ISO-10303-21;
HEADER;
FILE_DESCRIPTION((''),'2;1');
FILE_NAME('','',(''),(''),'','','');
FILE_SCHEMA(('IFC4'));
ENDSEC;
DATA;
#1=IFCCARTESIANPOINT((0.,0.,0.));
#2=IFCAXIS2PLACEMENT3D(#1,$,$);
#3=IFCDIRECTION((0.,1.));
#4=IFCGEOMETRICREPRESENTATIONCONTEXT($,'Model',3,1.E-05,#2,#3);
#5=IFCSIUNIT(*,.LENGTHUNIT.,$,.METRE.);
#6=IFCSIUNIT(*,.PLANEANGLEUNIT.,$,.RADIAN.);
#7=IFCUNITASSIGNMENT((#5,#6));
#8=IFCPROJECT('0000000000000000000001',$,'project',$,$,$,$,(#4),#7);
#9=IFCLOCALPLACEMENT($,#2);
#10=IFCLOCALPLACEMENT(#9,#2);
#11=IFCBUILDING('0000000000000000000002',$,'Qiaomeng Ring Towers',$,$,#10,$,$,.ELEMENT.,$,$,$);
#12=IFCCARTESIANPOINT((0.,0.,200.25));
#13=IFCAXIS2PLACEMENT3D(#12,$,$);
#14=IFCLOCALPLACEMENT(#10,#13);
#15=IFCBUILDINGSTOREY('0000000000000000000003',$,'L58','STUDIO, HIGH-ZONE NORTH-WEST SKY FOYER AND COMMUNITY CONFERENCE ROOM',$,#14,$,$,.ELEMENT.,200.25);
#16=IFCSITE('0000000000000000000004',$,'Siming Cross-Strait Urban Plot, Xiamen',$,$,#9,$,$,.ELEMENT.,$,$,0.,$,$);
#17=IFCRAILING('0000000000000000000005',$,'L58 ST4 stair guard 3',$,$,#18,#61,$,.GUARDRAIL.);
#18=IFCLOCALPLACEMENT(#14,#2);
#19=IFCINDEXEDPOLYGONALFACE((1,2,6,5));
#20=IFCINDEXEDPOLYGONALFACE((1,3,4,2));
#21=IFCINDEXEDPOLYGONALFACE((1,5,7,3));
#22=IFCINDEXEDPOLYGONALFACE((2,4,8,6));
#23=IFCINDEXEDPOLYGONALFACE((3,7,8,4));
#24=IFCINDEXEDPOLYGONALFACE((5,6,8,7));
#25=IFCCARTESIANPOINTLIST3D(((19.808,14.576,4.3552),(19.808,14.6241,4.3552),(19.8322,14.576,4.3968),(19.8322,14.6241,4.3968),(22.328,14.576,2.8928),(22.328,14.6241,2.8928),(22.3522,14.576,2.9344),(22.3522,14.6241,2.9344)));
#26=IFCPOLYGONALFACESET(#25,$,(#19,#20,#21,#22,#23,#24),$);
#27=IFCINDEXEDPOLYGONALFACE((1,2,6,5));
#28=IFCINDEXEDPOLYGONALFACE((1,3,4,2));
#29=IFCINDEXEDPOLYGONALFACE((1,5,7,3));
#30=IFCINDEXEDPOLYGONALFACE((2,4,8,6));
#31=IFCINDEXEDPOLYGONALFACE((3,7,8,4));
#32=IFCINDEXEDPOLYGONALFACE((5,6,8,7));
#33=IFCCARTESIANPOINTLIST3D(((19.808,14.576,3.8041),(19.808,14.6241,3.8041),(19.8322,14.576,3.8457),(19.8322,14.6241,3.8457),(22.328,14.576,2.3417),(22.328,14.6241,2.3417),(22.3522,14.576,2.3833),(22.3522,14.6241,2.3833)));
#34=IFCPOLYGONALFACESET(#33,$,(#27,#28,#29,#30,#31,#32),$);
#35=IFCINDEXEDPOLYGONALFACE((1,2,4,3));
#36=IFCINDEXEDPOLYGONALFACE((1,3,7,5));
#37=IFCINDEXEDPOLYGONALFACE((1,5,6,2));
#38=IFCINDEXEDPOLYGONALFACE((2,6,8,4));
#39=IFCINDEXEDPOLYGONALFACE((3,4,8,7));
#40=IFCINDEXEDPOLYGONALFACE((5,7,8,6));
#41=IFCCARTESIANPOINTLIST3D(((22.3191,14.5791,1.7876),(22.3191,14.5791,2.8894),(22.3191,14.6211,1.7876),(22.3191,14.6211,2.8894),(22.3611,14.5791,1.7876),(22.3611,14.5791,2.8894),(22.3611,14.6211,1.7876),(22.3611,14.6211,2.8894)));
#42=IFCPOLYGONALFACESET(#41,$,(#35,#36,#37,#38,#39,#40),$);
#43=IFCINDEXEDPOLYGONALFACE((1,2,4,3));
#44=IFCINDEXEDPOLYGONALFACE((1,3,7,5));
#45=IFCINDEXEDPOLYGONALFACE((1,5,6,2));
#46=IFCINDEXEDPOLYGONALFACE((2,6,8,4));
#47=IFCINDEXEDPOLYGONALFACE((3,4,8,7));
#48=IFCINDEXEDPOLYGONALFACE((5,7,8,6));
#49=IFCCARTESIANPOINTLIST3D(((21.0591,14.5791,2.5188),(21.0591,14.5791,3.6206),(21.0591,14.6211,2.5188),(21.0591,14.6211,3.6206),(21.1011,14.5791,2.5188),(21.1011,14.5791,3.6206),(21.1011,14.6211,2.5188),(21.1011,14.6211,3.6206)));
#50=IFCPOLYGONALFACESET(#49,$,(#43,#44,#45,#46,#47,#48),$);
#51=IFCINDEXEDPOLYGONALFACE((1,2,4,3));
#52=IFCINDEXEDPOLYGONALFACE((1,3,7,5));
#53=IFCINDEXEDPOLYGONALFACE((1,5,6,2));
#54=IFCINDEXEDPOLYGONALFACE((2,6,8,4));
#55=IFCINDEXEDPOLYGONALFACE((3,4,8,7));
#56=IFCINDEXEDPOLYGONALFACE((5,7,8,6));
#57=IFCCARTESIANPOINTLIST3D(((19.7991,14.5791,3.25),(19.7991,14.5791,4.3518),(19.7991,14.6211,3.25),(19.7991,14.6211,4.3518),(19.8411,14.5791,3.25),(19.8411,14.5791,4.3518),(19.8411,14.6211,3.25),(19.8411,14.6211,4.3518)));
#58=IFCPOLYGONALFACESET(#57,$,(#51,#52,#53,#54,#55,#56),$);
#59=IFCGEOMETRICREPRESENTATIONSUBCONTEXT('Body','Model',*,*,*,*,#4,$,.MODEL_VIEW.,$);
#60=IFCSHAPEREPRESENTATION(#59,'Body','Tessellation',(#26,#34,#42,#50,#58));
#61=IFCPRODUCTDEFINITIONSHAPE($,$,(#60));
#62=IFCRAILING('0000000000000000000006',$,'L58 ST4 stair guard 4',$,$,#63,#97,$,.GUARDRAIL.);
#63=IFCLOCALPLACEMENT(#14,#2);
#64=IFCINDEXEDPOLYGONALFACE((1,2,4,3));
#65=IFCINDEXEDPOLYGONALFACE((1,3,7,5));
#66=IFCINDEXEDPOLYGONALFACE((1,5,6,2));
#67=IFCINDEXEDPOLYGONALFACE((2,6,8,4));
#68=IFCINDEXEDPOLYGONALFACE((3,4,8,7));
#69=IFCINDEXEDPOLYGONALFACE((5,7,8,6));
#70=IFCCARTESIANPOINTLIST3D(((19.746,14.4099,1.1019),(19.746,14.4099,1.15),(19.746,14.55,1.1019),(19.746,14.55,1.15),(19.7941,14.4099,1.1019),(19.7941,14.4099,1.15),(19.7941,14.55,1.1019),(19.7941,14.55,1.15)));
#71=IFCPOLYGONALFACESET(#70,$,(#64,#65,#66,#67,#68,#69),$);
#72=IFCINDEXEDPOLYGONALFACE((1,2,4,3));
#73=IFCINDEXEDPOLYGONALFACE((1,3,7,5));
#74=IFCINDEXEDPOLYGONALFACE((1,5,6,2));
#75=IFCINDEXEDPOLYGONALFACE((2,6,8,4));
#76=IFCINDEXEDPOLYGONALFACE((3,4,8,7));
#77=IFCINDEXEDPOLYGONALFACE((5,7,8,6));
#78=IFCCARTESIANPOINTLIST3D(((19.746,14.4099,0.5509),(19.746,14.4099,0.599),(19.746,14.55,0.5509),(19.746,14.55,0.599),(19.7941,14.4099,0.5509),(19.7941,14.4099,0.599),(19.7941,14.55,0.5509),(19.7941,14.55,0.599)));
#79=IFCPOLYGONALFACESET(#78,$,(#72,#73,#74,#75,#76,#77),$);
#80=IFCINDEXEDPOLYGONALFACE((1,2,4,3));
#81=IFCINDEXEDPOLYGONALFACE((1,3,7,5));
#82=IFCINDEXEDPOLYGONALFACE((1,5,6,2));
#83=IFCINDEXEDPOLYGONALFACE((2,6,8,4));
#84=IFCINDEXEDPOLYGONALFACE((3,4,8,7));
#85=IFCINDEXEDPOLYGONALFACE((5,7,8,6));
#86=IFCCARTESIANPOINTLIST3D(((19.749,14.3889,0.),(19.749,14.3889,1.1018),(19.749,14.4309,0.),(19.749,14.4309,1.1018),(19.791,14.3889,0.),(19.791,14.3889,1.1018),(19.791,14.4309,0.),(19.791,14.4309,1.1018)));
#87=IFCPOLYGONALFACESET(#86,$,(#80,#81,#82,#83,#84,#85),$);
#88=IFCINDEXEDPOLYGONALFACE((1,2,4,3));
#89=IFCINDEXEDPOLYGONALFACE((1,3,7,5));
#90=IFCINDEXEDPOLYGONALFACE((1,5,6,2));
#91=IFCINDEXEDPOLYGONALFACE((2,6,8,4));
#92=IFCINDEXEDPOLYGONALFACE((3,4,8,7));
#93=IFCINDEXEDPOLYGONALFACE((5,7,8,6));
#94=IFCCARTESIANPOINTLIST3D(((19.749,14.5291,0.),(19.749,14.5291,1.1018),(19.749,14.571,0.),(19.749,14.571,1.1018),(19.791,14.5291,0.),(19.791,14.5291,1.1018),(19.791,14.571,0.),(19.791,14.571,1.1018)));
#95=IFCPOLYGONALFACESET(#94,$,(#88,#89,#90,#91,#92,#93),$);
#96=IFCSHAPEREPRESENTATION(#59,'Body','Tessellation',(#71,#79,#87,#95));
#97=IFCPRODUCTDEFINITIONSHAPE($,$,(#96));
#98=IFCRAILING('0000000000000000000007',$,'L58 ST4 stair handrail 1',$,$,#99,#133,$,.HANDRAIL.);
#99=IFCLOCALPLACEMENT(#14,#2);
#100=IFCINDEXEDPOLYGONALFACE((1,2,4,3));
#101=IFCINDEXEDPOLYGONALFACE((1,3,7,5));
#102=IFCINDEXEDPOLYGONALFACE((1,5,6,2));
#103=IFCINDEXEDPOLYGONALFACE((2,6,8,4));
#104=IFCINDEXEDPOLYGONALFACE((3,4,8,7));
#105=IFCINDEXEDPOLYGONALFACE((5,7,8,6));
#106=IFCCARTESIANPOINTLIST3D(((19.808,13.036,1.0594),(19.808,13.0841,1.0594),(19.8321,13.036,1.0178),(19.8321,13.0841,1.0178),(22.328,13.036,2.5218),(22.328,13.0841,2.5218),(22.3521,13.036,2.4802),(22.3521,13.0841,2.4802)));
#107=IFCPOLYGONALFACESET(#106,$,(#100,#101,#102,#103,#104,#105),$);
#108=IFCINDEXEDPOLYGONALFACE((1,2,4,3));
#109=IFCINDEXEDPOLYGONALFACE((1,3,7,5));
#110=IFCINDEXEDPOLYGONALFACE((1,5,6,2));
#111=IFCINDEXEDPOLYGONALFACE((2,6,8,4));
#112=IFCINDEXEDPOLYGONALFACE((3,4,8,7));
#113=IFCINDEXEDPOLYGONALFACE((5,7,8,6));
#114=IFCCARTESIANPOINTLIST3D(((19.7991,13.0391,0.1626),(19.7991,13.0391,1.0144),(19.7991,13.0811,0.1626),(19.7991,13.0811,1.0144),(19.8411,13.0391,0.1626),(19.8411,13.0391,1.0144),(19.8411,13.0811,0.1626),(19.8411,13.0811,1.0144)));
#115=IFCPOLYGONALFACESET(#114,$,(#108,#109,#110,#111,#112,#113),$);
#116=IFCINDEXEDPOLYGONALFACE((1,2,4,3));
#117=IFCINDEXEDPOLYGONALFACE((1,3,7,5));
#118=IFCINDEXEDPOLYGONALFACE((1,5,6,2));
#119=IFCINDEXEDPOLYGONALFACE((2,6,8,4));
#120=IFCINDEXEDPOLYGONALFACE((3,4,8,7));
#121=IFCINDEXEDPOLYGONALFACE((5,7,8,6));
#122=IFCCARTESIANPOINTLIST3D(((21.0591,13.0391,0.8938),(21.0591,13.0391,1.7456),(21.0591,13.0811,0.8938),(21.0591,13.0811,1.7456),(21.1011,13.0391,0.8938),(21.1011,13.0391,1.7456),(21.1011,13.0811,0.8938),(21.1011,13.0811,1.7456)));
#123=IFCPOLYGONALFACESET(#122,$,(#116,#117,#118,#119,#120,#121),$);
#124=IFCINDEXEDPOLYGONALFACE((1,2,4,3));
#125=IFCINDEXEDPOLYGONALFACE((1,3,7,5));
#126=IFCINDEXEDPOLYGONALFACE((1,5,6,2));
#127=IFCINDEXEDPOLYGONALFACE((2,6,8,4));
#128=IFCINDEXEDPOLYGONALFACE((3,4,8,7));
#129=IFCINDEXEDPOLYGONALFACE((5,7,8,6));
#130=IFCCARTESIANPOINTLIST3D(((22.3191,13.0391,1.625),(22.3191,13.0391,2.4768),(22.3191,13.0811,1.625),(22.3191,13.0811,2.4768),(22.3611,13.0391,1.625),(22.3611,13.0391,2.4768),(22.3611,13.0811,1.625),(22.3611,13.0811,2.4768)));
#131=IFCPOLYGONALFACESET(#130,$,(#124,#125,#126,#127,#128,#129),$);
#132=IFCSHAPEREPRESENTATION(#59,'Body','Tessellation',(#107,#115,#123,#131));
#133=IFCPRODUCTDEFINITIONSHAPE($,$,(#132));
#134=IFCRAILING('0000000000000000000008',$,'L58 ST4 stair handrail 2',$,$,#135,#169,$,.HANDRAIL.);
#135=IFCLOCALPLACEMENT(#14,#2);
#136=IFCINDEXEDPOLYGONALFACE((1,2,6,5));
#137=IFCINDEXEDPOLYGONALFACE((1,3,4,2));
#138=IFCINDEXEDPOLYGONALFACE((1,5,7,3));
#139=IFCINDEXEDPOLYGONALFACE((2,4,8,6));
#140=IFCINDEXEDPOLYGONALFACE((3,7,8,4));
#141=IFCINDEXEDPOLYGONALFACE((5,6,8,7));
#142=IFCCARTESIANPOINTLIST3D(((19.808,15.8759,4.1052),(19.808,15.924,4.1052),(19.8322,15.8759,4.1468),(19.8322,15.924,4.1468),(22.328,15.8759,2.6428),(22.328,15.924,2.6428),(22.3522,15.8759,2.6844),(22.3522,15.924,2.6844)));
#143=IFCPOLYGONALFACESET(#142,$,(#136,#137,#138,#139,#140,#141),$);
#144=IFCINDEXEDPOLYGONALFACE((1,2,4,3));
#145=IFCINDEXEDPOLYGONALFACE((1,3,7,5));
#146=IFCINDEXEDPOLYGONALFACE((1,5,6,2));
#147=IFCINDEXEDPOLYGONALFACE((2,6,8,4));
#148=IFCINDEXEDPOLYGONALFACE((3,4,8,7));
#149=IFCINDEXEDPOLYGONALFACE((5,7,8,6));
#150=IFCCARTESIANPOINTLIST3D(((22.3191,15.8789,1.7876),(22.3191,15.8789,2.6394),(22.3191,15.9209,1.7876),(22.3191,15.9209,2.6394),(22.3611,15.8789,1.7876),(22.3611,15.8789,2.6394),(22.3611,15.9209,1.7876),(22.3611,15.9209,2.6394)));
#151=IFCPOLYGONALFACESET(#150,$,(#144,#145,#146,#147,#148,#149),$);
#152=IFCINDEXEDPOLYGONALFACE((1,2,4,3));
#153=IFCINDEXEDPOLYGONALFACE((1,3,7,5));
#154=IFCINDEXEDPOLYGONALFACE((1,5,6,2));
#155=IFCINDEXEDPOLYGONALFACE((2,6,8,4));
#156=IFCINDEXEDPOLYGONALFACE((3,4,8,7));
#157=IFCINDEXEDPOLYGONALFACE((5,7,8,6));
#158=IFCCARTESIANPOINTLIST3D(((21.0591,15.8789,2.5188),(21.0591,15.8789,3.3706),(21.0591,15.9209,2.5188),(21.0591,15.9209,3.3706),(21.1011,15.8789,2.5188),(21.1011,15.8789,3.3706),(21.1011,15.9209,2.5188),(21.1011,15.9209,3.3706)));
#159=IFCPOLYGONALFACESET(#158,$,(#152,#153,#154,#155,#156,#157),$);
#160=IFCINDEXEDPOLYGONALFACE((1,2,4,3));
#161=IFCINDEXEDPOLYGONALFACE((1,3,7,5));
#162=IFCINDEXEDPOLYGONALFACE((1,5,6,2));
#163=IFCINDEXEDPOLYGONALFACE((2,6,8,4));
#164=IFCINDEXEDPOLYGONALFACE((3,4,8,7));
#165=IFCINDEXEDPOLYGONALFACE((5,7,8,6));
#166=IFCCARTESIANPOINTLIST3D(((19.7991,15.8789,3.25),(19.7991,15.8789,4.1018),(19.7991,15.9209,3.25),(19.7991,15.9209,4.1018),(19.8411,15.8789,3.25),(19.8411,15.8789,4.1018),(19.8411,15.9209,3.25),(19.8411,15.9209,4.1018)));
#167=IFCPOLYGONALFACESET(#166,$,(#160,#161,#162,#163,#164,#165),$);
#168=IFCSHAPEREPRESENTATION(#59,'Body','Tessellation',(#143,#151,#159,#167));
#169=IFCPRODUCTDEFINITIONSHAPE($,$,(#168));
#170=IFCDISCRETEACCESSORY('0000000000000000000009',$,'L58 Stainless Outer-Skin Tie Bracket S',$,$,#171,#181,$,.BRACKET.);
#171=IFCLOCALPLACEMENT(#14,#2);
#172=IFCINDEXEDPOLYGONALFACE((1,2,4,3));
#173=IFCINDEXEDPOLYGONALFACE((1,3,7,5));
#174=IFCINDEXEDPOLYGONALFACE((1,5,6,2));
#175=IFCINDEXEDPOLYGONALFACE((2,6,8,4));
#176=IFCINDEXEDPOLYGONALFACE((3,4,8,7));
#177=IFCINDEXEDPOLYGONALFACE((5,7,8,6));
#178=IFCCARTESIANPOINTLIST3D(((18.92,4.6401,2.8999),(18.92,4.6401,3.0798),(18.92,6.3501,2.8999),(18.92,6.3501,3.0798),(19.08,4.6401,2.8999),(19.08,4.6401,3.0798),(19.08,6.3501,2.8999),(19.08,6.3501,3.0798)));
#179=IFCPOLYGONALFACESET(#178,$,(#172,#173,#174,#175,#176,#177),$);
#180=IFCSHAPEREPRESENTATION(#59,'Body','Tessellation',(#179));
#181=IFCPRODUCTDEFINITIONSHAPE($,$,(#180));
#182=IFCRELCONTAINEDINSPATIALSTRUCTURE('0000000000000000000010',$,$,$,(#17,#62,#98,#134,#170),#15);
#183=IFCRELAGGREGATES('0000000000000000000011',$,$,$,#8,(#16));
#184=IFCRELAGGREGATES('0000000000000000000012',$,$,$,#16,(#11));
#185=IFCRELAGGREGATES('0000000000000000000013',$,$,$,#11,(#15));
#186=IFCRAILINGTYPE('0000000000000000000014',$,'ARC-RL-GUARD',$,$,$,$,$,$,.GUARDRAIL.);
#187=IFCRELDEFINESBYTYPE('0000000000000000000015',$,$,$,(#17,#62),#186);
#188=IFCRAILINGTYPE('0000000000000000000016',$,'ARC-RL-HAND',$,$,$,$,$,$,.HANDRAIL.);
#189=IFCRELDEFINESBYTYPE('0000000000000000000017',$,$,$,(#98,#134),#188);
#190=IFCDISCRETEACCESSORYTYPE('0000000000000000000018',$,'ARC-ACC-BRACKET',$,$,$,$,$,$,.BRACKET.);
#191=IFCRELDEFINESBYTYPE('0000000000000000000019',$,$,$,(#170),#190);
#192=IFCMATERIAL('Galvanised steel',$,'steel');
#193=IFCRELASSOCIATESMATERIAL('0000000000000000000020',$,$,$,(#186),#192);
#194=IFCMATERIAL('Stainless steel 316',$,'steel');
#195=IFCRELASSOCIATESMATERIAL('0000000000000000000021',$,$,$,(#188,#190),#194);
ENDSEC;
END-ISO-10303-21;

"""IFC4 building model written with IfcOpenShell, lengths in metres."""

from ifc_helpers import new_model, si_unit, direction, frame, origin, origin_2d, place, context, subcontext, project, spatial, rectangle, extrude, source, transform, mapped, material, type_object, element, save


model = new_model("IFC4")

# Units and contexts
model_context = context("Model", 3, precision=1e-05, world=origin(), true_north=direction((0.0, 1.0)))
body_context = subcontext(model_context, "Body", "Model", "MODEL_VIEW")
ifc_project = project(units=[si_unit("LENGTHUNIT", "METRE"), si_unit("PLANEANGLEUNIT", "RADIAN")], contexts=[model_context])

# Site, building, storey
site_placement = place(None, origin())
site = spatial("IfcSite", under=ifc_project, at=site_placement, Name="Siming Cross-Strait Urban Plot, Xiamen", CompositionType="ELEMENT", RefElevation=0.0)
building_placement = place(site_placement, origin())
building = spatial("IfcBuilding", under=site, at=building_placement, Name="Qiaomeng Ring Towers", CompositionType="ELEMENT")
storey_placement = place(building_placement, frame((0.0, 0.0, 200.25)))
storey = spatial("IfcBuildingStorey", under=building, at=storey_placement, Name="L58", Description="STUDIO, HIGH-ZONE NORTH-WEST SKY FOYER AND COMMUNITY CONFERENCE ROOM", CompositionType="ELEMENT", Elevation=200.25)

# Shared definitions
ifc_material_1 = material(Name="Galvanised steel", Category="steel")

# Railings
railing_type_1 = type_object("IfcRailingType", Name="ARC-RL-GUARD", PredefinedType="GUARDRAIL", material=ifc_material_1)
railing_1_placement = place(storey_placement, frame((22.3401, 14.6001, 1.7876)))
element("IfcRailing", 1, at=railing_1_placement, inside=storey, type_object=railing_type_1, Name="L58 ST4 stair guard 3", PredefinedType="GUARDRAIL", context=body_context, shape_type="SweptSolid", body=[
    extrude(rectangle(XDim=0.0481, YDim=0.0481, at=origin_2d()), frame((0.0, 0.0, 1.126), z_axis=(-0.864913, 0.0, 0.501921), x_axis=(0.0, -1.0, 0.0)), (0.0, 0.0, 1.0), 2.9136),
    extrude(rectangle(XDim=0.0481, YDim=0.0481, at=origin_2d()), frame((0.0, 0.0, 0.575), z_axis=(-0.864913, 0.0, 0.501921), x_axis=(0.0, -1.0, 0.0)), (0.0, 0.0, 1.0), 2.9136),
    extrude(rectangle(XDim=0.042, YDim=0.042, at=origin_2d()), origin(), (0.0, 0.0, 1.0), 1.1018),
    extrude(rectangle(XDim=0.042, YDim=0.042, at=origin_2d()), frame((-1.26, 0.0, 0.7312)), (0.0, 0.0, 1.0), 1.1018),
    extrude(rectangle(XDim=0.042, YDim=0.042, at=origin_2d()), frame((-2.52, 0.0, 1.4624)), (0.0, 0.0, 1.0), 1.1018),
])
railing_2_placement = place(storey_placement, frame((19.77, 14.4099, 0.0)))
element("IfcRailing", 2, at=railing_2_placement, inside=storey, type_object=railing_type_1, Name="L58 ST4 stair guard 4", PredefinedType="GUARDRAIL", context=body_context, shape_type="SweptSolid", body=[
    extrude(rectangle(XDim=0.0481, YDim=0.0481, at=origin_2d()), frame((0.0, 0.0, 1.126), z_axis=(0.0, 1.0, 0.0), x_axis=(-1.0, 0.0, 0.0)), (0.0, 0.0, 1.0), 0.1401),
    extrude(rectangle(XDim=0.0481, YDim=0.0481, at=origin_2d()), frame((0.0, 0.0, 0.575), z_axis=(0.0, 1.0, 0.0), x_axis=(-1.0, 0.0, 0.0)), (0.0, 0.0, 1.0), 0.1401),
    extrude(rectangle(XDim=0.042, YDim=0.042, at=origin_2d()), origin(), (0.0, 0.0, 1.0), 1.1018),
    extrude(rectangle(XDim=0.042, YDim=0.042, at=origin_2d()), frame((0.0, 0.1401, 0.0)), (0.0, 0.0, 1.0), 1.1018),
])
ifc_material_2 = material(Name="Stainless steel 316", Category="steel")
railing_type_2 = type_object("IfcRailingType", Name="ARC-RL-HAND", PredefinedType="HANDRAIL", material=ifc_material_2)
railing_3_placement = place(storey_placement, frame((19.8201, 13.0601, 0.1626)))
element("IfcRailing", 3, at=railing_3_placement, inside=storey, type_object=railing_type_2, Name="L58 ST4 stair handrail 1", PredefinedType="HANDRAIL", context=body_context, shape_type="SweptSolid", body=[
    extrude(rectangle(XDim=0.0481, YDim=0.0481, at=origin_2d()), frame((0.0, 0.0, 0.876), z_axis=(0.864913, 0.0, 0.501921), x_axis=(0.0, 1.0, 0.0)), (0.0, 0.0, 1.0), 2.9136),
    extrude(rectangle(XDim=0.042, YDim=0.042, at=origin_2d()), origin(), (0.0, 0.0, 1.0), 0.8518),
    extrude(rectangle(XDim=0.042, YDim=0.042, at=origin_2d()), frame((1.26, 0.0, 0.7312)), (0.0, 0.0, 1.0), 0.8518),
    extrude(rectangle(XDim=0.042, YDim=0.042, at=origin_2d()), frame((2.52, 0.0, 1.4624)), (0.0, 0.0, 1.0), 0.8518),
])
railing_4_placement = place(storey_placement, frame((22.3401, 15.8999, 1.7876)))
element("IfcRailing", 4, at=railing_4_placement, inside=storey, type_object=railing_type_2, Name="L58 ST4 stair handrail 2", PredefinedType="HANDRAIL", context=body_context, shape_type="SweptSolid", body=[
    extrude(rectangle(XDim=0.0481, YDim=0.0481, at=origin_2d()), frame((0.0, 0.0, 0.876), z_axis=(-0.864913, 0.0, 0.501921), x_axis=(0.0, -1.0, 0.0)), (0.0, 0.0, 1.0), 2.9136),
    extrude(rectangle(XDim=0.042, YDim=0.042, at=origin_2d()), origin(), (0.0, 0.0, 1.0), 0.8518),
    extrude(rectangle(XDim=0.042, YDim=0.042, at=origin_2d()), frame((-1.26, 0.0, 0.7312)), (0.0, 0.0, 1.0), 0.8518),
    extrude(rectangle(XDim=0.042, YDim=0.042, at=origin_2d()), frame((-2.52, 0.0, 1.4624)), (0.0, 0.0, 1.0), 0.8518),
])

# Discrete accessory
discrete_accessory_type = type_object("IfcDiscreteAccessoryType", Name="ARC-ACC-BRACKET", PredefinedType="BRACKET", material=ifc_material_2)
shared_shape_1 = source(origin(), body_context, "Body", "SweptSolid", [
    extrude(rectangle(XDim=0.1599, YDim=1.71, at=origin_2d()), origin(), (0.0, 0.0, 1.0), 0.1799),
])
discrete_accessory_placement = place(storey_placement, frame((19.0, 5.4951, 2.8999), z_axis=(0.0, 0.0, 1.0), x_axis=(1.0, 0.0, 0.0)))
element("IfcDiscreteAccessory", 5, at=discrete_accessory_placement, inside=storey, type_object=discrete_accessory_type, Name="L58 Stainless Outer-Skin Tie Bracket S", PredefinedType="BRACKET", context=body_context, shape_type="MappedRepresentation", body=[
    mapped(shared_shape_1, transform((0.0, 0.0, 0.0), x_axis=(1.0, 0.0, 0.0), y_axis=(0.0, 1.0, 0.0), z_axis=(0.0, 0.0, 1.0), scale=1.0)),
])

save(model, "model.ifc")
